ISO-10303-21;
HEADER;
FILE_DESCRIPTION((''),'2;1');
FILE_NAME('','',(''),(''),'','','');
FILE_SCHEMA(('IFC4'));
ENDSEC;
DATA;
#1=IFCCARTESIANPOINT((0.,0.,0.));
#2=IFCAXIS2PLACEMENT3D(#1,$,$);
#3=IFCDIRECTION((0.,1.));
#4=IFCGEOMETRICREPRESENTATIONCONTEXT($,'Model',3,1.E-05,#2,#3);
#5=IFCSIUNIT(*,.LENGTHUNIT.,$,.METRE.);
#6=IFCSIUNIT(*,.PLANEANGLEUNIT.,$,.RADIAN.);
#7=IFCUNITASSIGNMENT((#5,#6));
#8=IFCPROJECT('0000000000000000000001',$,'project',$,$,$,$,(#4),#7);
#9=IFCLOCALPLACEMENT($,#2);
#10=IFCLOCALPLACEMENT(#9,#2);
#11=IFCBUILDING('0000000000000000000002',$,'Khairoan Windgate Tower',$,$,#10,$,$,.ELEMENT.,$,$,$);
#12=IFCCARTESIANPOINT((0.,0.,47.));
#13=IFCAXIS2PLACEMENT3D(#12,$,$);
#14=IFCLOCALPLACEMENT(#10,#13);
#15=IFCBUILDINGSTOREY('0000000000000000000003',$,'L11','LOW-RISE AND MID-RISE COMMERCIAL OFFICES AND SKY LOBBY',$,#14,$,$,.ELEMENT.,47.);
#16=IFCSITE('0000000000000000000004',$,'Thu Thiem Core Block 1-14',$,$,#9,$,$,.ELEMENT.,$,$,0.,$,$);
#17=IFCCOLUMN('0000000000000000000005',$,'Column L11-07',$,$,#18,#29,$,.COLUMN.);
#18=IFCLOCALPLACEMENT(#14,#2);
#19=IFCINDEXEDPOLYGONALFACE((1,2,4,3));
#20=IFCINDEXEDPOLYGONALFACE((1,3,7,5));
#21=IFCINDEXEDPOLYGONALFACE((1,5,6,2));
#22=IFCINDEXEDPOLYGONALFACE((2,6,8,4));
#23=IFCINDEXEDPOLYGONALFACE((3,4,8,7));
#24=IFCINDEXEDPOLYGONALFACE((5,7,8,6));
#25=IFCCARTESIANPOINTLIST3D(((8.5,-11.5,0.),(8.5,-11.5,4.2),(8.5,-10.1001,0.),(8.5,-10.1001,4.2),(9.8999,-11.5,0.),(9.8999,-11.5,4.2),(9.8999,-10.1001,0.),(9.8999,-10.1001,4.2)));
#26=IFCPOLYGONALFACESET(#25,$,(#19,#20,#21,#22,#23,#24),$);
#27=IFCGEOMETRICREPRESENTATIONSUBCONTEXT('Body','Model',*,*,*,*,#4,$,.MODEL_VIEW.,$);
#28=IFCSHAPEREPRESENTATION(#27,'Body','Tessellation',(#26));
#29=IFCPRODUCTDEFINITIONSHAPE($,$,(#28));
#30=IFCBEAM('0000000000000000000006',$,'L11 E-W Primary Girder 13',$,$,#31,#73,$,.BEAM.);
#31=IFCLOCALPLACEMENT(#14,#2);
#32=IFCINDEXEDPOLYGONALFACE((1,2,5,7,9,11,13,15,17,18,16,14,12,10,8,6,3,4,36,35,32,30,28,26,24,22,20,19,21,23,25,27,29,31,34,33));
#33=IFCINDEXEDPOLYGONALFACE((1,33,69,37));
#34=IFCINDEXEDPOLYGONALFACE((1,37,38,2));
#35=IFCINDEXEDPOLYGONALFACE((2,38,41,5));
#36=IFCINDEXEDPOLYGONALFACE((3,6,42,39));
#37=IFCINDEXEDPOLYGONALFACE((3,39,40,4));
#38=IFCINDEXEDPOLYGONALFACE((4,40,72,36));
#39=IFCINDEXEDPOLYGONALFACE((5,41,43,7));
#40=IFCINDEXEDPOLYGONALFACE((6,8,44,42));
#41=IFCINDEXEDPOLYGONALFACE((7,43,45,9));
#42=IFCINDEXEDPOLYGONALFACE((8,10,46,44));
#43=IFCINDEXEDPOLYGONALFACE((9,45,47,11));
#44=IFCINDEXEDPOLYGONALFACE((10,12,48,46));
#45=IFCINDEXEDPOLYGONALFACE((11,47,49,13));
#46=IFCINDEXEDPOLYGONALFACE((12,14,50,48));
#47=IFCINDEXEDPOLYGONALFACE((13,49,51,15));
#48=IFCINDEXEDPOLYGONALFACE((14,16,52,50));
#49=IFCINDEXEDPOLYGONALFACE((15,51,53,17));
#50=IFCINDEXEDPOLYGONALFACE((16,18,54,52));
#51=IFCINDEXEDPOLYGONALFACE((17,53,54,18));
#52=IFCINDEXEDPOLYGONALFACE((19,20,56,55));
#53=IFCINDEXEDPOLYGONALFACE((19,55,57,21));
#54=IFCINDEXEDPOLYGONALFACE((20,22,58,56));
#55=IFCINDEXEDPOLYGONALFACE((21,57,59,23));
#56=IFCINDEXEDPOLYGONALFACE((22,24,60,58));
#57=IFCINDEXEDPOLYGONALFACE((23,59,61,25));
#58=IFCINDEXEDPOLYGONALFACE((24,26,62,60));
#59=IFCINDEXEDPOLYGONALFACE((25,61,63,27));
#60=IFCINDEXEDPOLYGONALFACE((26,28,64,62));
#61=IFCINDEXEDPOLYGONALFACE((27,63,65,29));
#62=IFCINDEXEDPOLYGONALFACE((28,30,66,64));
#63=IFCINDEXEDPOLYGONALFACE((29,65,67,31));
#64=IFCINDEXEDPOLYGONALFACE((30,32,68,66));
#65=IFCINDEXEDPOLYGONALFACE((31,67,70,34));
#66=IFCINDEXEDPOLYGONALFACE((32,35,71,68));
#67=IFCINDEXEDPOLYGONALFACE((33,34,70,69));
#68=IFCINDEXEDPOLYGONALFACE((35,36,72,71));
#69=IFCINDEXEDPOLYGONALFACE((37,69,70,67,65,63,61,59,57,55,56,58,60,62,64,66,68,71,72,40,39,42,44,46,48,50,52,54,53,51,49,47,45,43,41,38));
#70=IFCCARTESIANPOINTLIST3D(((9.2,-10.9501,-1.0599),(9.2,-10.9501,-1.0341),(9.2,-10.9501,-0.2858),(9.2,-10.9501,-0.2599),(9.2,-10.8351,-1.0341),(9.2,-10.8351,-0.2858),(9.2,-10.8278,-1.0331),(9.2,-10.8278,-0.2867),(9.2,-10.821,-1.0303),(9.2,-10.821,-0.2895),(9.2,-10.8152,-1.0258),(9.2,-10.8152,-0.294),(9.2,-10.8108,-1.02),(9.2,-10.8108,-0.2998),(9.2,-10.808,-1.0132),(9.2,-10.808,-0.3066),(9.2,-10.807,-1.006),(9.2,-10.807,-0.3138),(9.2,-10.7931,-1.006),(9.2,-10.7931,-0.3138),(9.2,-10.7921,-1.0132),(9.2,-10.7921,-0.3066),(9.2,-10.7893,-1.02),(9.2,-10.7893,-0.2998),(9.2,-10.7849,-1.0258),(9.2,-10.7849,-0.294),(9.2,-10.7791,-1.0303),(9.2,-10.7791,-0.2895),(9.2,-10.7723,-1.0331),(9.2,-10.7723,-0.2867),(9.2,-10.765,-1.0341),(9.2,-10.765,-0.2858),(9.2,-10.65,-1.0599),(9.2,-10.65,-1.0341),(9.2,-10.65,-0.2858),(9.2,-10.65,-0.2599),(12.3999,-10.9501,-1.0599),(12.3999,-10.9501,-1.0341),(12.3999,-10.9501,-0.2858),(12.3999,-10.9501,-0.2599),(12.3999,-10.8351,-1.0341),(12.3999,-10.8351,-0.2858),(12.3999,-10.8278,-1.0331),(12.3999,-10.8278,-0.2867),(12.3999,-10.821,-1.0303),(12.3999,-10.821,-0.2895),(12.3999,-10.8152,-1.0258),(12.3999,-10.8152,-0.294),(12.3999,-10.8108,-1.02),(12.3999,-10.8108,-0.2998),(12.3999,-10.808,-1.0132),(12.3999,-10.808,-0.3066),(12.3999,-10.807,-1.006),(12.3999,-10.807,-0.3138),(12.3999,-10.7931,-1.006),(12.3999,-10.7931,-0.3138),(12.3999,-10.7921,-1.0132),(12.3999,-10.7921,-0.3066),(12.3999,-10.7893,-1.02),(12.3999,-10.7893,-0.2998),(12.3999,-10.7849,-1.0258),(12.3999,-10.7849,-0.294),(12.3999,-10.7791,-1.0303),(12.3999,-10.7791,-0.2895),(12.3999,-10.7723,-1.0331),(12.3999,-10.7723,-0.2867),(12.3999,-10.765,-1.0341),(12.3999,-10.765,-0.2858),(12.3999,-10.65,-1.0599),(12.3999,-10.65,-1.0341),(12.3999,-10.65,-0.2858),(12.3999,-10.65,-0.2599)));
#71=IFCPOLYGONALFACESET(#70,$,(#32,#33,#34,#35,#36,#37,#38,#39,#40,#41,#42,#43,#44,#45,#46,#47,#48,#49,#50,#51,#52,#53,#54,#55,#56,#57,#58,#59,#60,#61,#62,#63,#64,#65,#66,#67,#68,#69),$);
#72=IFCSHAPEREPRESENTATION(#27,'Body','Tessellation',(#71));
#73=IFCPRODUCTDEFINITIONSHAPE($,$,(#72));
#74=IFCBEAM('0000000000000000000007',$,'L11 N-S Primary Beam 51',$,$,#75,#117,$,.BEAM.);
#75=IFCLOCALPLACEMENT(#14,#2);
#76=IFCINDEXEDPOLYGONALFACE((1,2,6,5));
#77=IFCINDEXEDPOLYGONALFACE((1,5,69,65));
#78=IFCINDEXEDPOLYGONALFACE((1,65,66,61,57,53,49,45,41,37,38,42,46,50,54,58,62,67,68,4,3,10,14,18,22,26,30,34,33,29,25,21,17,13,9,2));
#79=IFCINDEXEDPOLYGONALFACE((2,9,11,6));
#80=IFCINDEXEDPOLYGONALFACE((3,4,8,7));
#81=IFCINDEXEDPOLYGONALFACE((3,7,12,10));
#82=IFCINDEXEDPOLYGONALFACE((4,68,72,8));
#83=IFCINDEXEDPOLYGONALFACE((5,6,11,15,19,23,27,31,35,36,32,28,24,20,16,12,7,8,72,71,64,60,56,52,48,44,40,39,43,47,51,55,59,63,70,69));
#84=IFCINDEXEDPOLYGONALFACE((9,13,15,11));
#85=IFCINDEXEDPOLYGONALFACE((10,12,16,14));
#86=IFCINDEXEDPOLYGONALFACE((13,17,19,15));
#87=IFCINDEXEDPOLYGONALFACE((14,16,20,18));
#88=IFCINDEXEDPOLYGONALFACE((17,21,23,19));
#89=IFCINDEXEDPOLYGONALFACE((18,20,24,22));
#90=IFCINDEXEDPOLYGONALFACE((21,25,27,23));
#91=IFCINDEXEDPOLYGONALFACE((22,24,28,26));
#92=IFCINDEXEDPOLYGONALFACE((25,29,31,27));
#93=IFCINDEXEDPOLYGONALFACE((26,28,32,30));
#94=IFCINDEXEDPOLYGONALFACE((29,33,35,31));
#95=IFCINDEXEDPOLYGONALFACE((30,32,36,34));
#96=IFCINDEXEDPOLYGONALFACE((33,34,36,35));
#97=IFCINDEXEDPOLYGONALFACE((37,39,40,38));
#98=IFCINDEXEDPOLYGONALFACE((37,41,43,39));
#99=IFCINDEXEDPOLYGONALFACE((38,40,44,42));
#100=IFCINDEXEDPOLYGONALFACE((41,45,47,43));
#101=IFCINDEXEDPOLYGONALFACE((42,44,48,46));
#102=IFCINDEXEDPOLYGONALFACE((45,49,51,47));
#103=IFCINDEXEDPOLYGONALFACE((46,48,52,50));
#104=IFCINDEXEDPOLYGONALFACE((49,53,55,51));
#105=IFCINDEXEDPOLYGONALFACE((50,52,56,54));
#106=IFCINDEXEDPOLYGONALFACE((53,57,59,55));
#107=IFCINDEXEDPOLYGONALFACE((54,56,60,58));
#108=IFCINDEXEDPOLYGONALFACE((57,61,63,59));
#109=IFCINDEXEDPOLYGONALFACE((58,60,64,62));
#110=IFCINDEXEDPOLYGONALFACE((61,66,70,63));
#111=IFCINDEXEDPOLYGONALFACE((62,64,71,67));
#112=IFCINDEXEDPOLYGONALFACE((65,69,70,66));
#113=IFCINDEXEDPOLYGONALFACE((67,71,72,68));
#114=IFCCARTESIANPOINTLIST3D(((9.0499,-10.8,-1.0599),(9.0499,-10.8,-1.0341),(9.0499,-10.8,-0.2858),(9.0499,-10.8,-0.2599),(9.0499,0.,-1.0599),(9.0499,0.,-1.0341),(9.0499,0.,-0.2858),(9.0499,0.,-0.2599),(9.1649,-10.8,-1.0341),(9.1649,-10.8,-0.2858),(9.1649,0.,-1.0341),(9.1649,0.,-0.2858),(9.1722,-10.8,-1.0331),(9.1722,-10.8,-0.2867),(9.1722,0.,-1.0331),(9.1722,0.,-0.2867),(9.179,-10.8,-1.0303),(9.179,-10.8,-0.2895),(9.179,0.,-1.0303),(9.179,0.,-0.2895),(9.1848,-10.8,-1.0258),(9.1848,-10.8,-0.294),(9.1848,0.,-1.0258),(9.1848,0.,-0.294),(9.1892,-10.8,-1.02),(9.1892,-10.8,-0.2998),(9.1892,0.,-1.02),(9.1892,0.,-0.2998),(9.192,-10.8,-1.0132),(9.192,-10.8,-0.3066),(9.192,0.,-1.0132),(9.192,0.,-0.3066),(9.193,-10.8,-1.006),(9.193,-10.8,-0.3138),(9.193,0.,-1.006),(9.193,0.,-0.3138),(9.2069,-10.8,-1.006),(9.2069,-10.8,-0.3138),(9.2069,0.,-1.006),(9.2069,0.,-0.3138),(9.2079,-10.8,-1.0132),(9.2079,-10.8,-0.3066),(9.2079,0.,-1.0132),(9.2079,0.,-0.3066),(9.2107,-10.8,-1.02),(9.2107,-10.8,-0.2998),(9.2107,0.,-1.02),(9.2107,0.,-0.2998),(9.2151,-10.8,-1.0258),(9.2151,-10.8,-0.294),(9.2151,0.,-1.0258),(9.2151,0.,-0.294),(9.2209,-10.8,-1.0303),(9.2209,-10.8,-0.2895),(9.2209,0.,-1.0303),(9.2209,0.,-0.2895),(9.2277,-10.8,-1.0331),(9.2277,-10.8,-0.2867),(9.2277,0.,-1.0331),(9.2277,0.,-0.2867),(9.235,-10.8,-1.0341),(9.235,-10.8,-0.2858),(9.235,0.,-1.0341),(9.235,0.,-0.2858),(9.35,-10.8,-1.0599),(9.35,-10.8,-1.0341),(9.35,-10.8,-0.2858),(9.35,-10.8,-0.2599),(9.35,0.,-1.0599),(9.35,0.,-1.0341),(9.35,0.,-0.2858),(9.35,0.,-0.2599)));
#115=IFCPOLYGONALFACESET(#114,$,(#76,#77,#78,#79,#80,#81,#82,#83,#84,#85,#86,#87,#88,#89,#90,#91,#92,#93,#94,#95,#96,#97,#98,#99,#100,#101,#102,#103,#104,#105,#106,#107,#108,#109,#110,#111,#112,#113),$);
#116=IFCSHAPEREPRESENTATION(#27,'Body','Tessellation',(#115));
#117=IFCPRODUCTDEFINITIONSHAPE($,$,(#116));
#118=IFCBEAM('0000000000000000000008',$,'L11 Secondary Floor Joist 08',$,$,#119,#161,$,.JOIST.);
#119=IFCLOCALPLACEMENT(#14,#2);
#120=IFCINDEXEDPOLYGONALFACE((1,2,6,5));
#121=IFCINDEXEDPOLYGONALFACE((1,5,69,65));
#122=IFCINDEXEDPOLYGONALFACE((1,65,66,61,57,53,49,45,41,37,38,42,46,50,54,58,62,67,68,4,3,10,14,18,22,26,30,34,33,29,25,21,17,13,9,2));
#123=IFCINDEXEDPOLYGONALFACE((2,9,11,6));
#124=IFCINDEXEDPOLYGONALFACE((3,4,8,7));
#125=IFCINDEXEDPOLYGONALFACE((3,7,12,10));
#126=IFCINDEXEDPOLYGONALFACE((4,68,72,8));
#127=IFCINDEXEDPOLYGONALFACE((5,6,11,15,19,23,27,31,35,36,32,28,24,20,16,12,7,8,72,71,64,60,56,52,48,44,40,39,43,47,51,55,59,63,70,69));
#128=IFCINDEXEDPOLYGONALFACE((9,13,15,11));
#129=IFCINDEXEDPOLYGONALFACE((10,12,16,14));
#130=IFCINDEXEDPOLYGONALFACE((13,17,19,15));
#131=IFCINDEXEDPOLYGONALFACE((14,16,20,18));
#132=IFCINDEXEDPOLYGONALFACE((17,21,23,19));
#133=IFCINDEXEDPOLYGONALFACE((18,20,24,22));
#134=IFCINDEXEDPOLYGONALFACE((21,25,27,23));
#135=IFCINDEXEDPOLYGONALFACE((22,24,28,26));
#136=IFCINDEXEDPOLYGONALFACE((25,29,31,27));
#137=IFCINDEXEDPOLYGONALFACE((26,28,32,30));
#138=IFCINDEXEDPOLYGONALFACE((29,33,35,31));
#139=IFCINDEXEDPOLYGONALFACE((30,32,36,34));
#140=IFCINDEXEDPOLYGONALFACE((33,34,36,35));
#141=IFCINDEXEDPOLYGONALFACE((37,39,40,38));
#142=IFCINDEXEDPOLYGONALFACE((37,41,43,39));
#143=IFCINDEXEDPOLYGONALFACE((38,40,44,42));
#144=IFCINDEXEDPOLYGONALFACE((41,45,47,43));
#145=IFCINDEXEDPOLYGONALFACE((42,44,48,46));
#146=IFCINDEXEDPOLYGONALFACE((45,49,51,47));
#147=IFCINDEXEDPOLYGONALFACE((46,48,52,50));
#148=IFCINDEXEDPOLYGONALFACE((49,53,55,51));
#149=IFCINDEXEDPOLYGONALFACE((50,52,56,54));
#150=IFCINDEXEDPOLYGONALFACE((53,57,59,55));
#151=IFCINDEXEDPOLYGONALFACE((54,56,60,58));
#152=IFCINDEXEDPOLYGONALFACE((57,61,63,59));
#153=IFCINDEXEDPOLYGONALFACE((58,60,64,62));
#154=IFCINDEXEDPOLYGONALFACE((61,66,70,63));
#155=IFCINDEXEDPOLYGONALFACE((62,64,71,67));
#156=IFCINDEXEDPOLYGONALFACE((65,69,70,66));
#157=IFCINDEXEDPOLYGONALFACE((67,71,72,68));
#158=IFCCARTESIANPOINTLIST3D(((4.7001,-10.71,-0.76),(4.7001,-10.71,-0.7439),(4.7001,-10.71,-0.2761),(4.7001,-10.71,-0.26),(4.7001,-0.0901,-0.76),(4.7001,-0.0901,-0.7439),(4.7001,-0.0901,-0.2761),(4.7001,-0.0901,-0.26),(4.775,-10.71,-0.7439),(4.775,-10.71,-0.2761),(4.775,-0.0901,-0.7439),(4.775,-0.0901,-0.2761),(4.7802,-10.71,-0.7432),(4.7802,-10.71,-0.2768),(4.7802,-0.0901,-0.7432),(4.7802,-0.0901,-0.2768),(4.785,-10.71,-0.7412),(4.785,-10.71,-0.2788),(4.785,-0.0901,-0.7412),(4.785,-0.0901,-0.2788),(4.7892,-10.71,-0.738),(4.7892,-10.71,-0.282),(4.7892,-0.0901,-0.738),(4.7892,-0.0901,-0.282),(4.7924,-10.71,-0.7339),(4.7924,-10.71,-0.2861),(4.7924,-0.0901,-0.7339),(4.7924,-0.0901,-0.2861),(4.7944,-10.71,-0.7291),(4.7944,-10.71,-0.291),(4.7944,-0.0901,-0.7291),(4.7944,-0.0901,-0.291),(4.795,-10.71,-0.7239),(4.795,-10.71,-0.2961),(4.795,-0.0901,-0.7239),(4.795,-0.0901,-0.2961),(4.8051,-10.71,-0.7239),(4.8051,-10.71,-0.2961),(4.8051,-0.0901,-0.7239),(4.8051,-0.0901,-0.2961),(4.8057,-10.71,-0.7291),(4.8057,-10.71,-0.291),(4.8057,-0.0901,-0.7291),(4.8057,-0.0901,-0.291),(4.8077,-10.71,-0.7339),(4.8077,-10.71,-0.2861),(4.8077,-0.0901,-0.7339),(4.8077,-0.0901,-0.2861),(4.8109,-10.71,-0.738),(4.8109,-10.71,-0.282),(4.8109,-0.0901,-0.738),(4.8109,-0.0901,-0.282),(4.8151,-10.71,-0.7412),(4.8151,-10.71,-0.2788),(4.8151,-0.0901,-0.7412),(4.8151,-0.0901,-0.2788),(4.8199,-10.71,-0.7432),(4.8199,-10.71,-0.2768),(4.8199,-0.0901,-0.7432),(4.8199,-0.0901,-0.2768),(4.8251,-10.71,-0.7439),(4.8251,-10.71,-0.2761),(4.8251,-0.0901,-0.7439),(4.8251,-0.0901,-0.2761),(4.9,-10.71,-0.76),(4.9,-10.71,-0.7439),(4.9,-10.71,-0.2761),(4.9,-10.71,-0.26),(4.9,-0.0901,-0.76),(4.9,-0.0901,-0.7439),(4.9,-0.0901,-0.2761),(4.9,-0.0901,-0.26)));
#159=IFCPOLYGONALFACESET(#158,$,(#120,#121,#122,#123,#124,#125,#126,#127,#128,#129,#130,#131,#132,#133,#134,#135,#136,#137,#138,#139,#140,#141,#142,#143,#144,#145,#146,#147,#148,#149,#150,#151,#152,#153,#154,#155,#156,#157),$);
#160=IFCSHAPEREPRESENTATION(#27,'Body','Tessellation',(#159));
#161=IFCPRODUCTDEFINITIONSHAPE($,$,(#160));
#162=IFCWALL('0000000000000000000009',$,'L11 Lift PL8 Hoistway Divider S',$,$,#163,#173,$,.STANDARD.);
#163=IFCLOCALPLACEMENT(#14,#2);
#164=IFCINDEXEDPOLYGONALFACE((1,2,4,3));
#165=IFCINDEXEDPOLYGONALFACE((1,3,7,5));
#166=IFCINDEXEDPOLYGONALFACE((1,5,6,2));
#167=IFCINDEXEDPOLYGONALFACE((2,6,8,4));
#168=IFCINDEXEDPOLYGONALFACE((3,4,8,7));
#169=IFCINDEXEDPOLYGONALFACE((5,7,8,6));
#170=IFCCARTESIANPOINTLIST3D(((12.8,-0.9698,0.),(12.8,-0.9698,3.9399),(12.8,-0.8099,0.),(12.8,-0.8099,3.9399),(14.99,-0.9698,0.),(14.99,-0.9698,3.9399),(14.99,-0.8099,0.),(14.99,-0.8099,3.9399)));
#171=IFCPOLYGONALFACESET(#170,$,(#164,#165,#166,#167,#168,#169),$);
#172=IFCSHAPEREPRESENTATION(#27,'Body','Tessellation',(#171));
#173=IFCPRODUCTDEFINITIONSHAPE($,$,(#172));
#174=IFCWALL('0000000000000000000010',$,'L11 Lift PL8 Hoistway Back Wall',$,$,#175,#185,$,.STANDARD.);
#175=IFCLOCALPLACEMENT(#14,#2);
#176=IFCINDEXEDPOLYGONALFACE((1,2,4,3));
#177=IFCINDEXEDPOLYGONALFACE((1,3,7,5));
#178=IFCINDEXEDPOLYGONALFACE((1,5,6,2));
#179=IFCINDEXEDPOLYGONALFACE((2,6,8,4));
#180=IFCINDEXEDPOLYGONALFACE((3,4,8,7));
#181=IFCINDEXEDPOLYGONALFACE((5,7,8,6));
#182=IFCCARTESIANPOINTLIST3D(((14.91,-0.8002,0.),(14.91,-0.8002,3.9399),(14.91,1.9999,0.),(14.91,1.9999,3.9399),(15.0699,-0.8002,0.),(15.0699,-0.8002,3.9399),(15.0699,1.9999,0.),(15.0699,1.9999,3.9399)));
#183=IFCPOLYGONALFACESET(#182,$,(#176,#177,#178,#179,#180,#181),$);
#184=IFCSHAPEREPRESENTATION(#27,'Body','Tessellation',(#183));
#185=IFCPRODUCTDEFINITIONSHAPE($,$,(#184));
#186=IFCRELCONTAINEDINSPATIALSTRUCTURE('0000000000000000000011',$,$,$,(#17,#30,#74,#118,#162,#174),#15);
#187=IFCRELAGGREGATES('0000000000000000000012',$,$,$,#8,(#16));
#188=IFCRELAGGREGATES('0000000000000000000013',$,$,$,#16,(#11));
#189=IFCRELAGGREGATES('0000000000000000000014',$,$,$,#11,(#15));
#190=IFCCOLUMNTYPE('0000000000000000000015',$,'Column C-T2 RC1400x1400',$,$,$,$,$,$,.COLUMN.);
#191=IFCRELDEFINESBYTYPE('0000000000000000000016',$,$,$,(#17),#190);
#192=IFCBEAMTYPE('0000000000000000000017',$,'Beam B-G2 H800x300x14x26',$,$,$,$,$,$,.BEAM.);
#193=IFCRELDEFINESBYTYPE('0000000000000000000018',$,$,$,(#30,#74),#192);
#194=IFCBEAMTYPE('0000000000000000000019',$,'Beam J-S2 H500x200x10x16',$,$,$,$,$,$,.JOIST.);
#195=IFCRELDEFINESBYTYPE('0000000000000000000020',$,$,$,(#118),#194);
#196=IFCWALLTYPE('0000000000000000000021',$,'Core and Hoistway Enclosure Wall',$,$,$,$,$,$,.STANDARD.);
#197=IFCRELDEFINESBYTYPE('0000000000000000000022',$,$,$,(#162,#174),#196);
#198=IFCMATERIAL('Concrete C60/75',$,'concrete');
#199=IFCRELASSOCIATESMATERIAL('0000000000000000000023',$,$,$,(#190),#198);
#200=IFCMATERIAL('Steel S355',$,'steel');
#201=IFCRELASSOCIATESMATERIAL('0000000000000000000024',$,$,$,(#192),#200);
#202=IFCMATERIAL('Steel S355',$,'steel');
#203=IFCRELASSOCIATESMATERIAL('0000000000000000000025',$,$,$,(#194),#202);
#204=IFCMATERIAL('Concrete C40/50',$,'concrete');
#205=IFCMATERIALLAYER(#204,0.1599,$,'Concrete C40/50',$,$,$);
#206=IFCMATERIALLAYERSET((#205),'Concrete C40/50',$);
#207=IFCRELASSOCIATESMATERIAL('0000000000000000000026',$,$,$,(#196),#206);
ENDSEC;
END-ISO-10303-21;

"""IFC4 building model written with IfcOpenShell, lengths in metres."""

from ifc_helpers import new_model, si_unit, direction, frame, frame_2d, origin, origin_2d, place, context, subcontext, project, spatial, rectangle, i_section, extrude, material, layer, layer_set, material_profile, profile_set, type_object, element, save


model = new_model("IFC4")

# Units and contexts
model_context = context("Model", 3, precision=1e-05, world=origin(), true_north=direction((0.0, 1.0)))
body_context = subcontext(model_context, "Body", "Model", "MODEL_VIEW")
ifc_project = project(units=[si_unit("LENGTHUNIT", "METRE"), si_unit("PLANEANGLEUNIT", "RADIAN")], contexts=[model_context])

# Site, building, storey
site_placement = place(None, origin())
site = spatial("IfcSite", under=ifc_project, at=site_placement, Name="Thu Thiem Core Block 1-14", CompositionType="ELEMENT", RefElevation=0.0)
building_placement = place(site_placement, origin())
building = spatial("IfcBuilding", under=site, at=building_placement, Name="Khairoan Windgate Tower", CompositionType="ELEMENT")
storey_placement = place(building_placement, frame((0.0, 0.0, 47.0)))
storey = spatial("IfcBuildingStorey", under=building, at=storey_placement, Name="L11", Description="LOW-RISE AND MID-RISE COMMERCIAL OFFICES AND SKY LOBBY", CompositionType="ELEMENT", Elevation=47.0)

# Column
ifc_material_1 = material(Name="Concrete C60/75", Category="concrete")
ifc_material_profile_1 = material_profile(ifc_material_1, rectangle(XDim=1.3999, YDim=1.3999, at=origin_2d()))
ifc_profile_set_1 = profile_set([ifc_material_profile_1], Name="Concrete C60/75")
column_type = type_object("IfcColumnType", Name="Column C-T2 RC1400x1400", PredefinedType="COLUMN", material=ifc_profile_set_1)
column_placement = place(storey_placement, frame((9.2, -10.8, 0.0), z_axis=(0.0, 0.0, 1.0), x_axis=(1.0, 0.0, 0.0)))
element("IfcColumn", 1, at=column_placement, inside=storey, type_object=column_type, Name="Column L11-07", PredefinedType="COLUMN", context=body_context, shape_type="SweptSolid", body=[
    extrude(rectangle(XDim=1.3999, YDim=1.3999, at=origin_2d()), origin(), (0.0, 0.0, 1.0), 4.2),
])

# Beams
ifc_material_2 = material(Name="Steel S355", Category="steel")
ifc_material_profile_2 = material_profile(ifc_material_2, i_section(OverallWidth=0.3, OverallDepth=0.8, WebThickness=0.0139, FlangeThickness=0.0259, FilletRadius=0.0281, at=origin_2d()))
ifc_profile_set_2 = profile_set([ifc_material_profile_2], Name="Steel S355")
beam_type_1 = type_object("IfcBeamType", Name="Beam B-G2 H800x300x14x26", PredefinedType="BEAM", material=ifc_profile_set_2)
beam_1_placement = place(storey_placement, frame((9.2, -10.8, -0.6599), z_axis=(1.0, 0.0, 0.0), x_axis=(0.0, 1.0, 0.0)))
element("IfcBeam", 2, at=beam_1_placement, inside=storey, type_object=beam_type_1, Name="L11 E-W Primary Girder 13", PredefinedType="BEAM", context=body_context, shape_type="SweptSolid", body=[
    extrude(i_section(OverallWidth=0.3, OverallDepth=0.8, WebThickness=0.0139, FlangeThickness=0.0259, FilletRadius=0.0281, at=origin_2d()), origin(), (0.0, 0.0, 1.0), 3.2),
])
beam_2_placement = place(storey_placement, frame((9.2, -10.8, -0.6599), z_axis=(0.0, 1.0, 0.0), x_axis=(-1.0, 0.0, 0.0)))
element("IfcBeam", 3, at=beam_2_placement, inside=storey, type_object=beam_type_1, Name="L11 N-S Primary Beam 51", PredefinedType="BEAM", context=body_context, shape_type="SweptSolid", body=[
    extrude(i_section(OverallWidth=0.3, OverallDepth=0.8, WebThickness=0.0139, FlangeThickness=0.0259, FilletRadius=0.0281, at=origin_2d()), origin(), (0.0, 0.0, 1.0), 10.8),
])
ifc_material_3 = material(Name="Steel S355", Category="steel")
ifc_material_profile_3 = material_profile(ifc_material_3, i_section(OverallWidth=0.2, OverallDepth=0.5, WebThickness=0.01, FlangeThickness=0.0161, FilletRadius=0.02, at=origin_2d()))
ifc_profile_set_3 = profile_set([ifc_material_profile_3], Name="Steel S355")
beam_type_2 = type_object("IfcBeamType", Name="Beam J-S2 H500x200x10x16", PredefinedType="JOIST", material=ifc_profile_set_3)
beam_3_placement = place(storey_placement, frame((4.8, -10.71, -0.51), z_axis=(0.0, 1.0, 0.0), x_axis=(-1.0, 0.0, 0.0)))
element("IfcBeam", 4, at=beam_3_placement, inside=storey, type_object=beam_type_2, Name="L11 Secondary Floor Joist 08", PredefinedType="JOIST", context=body_context, shape_type="SweptSolid", body=[
    extrude(i_section(OverallWidth=0.2, OverallDepth=0.5, WebThickness=0.01, FlangeThickness=0.0161, FilletRadius=0.02, at=origin_2d()), origin(), (0.0, 0.0, 1.0), 10.6199),
])

# Walls
ifc_material_4 = material(Name="Concrete C40/50", Category="concrete")
ifc_layer_1 = layer(ifc_material_4, 0.1599, Name="Concrete C40/50")
ifc_layer_set_1 = layer_set([ifc_layer_1], Name="Concrete C40/50")
wall_type = type_object("IfcWallType", Name="Core and Hoistway Enclosure Wall", PredefinedType="STANDARD", material=ifc_layer_set_1)
wall_1_placement = place(storey_placement, frame((12.8, -0.8899, 0.0), z_axis=(0.0, 0.0, 1.0), x_axis=(1.0, 0.0, 0.0)))
element("IfcWall", 5, at=wall_1_placement, inside=storey, type_object=wall_type, Name="L11 Lift PL8 Hoistway Divider S", PredefinedType="STANDARD", context=body_context, shape_type="SweptSolid", body=[
    extrude(rectangle(XDim=2.1899, YDim=0.1599, at=frame_2d((1.095, 0.0))), origin(), (0.0, 0.0, 1.0), 3.9399),
])
wall_2_placement = place(storey_placement, frame((14.99, -0.8, 0.0), z_axis=(0.0, 0.0, 1.0), x_axis=(0.0, 1.0, 0.0)))
element("IfcWall", 6, at=wall_2_placement, inside=storey, type_object=wall_type, Name="L11 Lift PL8 Hoistway Back Wall", PredefinedType="STANDARD", context=body_context, shape_type="SweptSolid", body=[
    extrude(rectangle(XDim=2.8, YDim=0.1599, at=frame_2d((1.3999, 0.0))), origin(), (0.0, 0.0, 1.0), 3.9399),
])

save(model, "model.ifc")
